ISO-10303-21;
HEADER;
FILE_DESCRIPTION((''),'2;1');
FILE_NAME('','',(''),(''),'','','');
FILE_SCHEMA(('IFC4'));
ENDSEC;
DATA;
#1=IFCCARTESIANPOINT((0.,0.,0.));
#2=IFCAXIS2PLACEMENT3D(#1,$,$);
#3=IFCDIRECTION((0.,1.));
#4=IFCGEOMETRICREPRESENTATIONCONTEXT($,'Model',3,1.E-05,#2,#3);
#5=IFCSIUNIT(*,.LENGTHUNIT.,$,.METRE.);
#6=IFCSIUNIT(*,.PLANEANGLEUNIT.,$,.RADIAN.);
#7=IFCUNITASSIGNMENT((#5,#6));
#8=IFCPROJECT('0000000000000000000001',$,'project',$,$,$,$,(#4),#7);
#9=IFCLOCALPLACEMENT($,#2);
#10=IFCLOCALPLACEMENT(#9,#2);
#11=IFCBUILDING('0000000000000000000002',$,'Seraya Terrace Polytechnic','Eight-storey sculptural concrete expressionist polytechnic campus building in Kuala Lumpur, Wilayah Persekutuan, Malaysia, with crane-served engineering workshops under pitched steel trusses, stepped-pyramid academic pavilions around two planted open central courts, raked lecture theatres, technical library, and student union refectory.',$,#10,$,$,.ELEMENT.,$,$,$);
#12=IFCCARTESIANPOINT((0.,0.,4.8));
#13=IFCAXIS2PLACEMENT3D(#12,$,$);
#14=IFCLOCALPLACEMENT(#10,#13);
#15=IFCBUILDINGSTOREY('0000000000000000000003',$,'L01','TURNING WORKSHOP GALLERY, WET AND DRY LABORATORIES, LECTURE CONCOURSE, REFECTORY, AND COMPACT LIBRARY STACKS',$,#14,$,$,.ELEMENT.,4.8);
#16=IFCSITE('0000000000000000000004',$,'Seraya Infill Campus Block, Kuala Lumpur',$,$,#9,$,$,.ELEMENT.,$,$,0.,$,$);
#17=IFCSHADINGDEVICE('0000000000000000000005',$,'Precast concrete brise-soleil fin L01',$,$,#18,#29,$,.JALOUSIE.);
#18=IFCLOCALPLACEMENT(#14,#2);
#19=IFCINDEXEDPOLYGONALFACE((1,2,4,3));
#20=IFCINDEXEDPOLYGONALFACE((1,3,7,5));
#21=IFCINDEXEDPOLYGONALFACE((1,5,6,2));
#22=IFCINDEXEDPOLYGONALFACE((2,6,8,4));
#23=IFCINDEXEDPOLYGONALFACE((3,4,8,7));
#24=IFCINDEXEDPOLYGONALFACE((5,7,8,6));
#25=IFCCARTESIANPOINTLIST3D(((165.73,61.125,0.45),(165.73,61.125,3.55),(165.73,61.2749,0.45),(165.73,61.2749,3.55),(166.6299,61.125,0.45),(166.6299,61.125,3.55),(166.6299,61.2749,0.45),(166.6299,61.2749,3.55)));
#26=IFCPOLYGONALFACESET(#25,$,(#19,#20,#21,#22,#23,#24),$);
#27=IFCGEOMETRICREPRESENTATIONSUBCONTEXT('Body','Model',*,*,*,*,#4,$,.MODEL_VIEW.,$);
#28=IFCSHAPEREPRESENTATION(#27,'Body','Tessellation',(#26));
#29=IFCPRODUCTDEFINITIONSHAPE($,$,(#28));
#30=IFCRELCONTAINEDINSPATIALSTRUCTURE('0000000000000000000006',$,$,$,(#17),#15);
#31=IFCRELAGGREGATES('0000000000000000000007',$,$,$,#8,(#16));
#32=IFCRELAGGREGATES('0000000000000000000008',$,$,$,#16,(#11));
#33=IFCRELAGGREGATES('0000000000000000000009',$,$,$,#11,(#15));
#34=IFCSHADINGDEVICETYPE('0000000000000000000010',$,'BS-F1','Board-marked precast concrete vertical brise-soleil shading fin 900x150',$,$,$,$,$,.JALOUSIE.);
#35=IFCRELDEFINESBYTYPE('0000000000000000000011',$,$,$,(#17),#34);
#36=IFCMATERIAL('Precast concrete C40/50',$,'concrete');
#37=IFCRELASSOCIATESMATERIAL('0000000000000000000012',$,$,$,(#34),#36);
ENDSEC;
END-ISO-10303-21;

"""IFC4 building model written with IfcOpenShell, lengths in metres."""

from ifc_helpers import new_model, si_unit, direction, frame, origin, origin_2d, place, context, subcontext, project, spatial, rectangle, extrude, material, type_object, element, save


model = new_model("IFC4")

# Units and contexts
model_context = context("Model", 3, precision=1e-05, world=origin(), true_north=direction((0.0, 1.0)))
body_context = subcontext(model_context, "Body", "Model", "MODEL_VIEW")
ifc_project = project(units=[si_unit("LENGTHUNIT", "METRE"), si_unit("PLANEANGLEUNIT", "RADIAN")], contexts=[model_context])

# Site, building, storey
site_placement = place(None, origin())
site = spatial("IfcSite", under=ifc_project, at=site_placement, Name="Seraya Infill Campus Block, Kuala Lumpur", CompositionType="ELEMENT", RefElevation=0.0)
building_placement = place(site_placement, origin())
building = spatial("IfcBuilding", under=site, at=building_placement, Name="Seraya Terrace Polytechnic", Description="Eight-storey sculptural concrete expressionist polytechnic campus building in Kuala Lumpur, Wilayah Persekutuan, Malaysia, with crane-served engineering workshops under pitched steel trusses, stepped-pyramid academic pavilions around two planted open central courts, raked lecture theatres, technical library, and student union refectory.", CompositionType="ELEMENT")
storey_placement = place(building_placement, frame((0.0, 0.0, 4.8)))
storey = spatial("IfcBuildingStorey", under=building, at=storey_placement, Name="L01", Description="TURNING WORKSHOP GALLERY, WET AND DRY LABORATORIES, LECTURE CONCOURSE, REFECTORY, AND COMPACT LIBRARY STACKS", CompositionType="ELEMENT", Elevation=4.8)

# Shared definitions
ifc_material_1 = material(Name="Precast concrete C40/50", Category="concrete")

# Shading device
shading_device_type = type_object("IfcShadingDeviceType", Name="BS-F1", Description="Board-marked precast concrete vertical brise-soleil shading fin 900x150", PredefinedType="JALOUSIE", material=ifc_material_1)
shading_device_placement = place(storey_placement, frame((166.1799, 61.2, 0.45), z_axis=(0.0, 0.0, 1.0), x_axis=(1.0, 0.0, 0.0)))
element("IfcShadingDevice", 1, at=shading_device_placement, inside=storey, type_object=shading_device_type, Name="Precast concrete brise-soleil fin L01", PredefinedType="JALOUSIE", context=body_context, shape_type="SweptSolid", body=[
    extrude(rectangle(XDim=0.8999, YDim=0.1499, at=origin_2d()), origin(), (0.0, 0.0, 1.0), 3.1001),
])

save(model, "model.ifc")
